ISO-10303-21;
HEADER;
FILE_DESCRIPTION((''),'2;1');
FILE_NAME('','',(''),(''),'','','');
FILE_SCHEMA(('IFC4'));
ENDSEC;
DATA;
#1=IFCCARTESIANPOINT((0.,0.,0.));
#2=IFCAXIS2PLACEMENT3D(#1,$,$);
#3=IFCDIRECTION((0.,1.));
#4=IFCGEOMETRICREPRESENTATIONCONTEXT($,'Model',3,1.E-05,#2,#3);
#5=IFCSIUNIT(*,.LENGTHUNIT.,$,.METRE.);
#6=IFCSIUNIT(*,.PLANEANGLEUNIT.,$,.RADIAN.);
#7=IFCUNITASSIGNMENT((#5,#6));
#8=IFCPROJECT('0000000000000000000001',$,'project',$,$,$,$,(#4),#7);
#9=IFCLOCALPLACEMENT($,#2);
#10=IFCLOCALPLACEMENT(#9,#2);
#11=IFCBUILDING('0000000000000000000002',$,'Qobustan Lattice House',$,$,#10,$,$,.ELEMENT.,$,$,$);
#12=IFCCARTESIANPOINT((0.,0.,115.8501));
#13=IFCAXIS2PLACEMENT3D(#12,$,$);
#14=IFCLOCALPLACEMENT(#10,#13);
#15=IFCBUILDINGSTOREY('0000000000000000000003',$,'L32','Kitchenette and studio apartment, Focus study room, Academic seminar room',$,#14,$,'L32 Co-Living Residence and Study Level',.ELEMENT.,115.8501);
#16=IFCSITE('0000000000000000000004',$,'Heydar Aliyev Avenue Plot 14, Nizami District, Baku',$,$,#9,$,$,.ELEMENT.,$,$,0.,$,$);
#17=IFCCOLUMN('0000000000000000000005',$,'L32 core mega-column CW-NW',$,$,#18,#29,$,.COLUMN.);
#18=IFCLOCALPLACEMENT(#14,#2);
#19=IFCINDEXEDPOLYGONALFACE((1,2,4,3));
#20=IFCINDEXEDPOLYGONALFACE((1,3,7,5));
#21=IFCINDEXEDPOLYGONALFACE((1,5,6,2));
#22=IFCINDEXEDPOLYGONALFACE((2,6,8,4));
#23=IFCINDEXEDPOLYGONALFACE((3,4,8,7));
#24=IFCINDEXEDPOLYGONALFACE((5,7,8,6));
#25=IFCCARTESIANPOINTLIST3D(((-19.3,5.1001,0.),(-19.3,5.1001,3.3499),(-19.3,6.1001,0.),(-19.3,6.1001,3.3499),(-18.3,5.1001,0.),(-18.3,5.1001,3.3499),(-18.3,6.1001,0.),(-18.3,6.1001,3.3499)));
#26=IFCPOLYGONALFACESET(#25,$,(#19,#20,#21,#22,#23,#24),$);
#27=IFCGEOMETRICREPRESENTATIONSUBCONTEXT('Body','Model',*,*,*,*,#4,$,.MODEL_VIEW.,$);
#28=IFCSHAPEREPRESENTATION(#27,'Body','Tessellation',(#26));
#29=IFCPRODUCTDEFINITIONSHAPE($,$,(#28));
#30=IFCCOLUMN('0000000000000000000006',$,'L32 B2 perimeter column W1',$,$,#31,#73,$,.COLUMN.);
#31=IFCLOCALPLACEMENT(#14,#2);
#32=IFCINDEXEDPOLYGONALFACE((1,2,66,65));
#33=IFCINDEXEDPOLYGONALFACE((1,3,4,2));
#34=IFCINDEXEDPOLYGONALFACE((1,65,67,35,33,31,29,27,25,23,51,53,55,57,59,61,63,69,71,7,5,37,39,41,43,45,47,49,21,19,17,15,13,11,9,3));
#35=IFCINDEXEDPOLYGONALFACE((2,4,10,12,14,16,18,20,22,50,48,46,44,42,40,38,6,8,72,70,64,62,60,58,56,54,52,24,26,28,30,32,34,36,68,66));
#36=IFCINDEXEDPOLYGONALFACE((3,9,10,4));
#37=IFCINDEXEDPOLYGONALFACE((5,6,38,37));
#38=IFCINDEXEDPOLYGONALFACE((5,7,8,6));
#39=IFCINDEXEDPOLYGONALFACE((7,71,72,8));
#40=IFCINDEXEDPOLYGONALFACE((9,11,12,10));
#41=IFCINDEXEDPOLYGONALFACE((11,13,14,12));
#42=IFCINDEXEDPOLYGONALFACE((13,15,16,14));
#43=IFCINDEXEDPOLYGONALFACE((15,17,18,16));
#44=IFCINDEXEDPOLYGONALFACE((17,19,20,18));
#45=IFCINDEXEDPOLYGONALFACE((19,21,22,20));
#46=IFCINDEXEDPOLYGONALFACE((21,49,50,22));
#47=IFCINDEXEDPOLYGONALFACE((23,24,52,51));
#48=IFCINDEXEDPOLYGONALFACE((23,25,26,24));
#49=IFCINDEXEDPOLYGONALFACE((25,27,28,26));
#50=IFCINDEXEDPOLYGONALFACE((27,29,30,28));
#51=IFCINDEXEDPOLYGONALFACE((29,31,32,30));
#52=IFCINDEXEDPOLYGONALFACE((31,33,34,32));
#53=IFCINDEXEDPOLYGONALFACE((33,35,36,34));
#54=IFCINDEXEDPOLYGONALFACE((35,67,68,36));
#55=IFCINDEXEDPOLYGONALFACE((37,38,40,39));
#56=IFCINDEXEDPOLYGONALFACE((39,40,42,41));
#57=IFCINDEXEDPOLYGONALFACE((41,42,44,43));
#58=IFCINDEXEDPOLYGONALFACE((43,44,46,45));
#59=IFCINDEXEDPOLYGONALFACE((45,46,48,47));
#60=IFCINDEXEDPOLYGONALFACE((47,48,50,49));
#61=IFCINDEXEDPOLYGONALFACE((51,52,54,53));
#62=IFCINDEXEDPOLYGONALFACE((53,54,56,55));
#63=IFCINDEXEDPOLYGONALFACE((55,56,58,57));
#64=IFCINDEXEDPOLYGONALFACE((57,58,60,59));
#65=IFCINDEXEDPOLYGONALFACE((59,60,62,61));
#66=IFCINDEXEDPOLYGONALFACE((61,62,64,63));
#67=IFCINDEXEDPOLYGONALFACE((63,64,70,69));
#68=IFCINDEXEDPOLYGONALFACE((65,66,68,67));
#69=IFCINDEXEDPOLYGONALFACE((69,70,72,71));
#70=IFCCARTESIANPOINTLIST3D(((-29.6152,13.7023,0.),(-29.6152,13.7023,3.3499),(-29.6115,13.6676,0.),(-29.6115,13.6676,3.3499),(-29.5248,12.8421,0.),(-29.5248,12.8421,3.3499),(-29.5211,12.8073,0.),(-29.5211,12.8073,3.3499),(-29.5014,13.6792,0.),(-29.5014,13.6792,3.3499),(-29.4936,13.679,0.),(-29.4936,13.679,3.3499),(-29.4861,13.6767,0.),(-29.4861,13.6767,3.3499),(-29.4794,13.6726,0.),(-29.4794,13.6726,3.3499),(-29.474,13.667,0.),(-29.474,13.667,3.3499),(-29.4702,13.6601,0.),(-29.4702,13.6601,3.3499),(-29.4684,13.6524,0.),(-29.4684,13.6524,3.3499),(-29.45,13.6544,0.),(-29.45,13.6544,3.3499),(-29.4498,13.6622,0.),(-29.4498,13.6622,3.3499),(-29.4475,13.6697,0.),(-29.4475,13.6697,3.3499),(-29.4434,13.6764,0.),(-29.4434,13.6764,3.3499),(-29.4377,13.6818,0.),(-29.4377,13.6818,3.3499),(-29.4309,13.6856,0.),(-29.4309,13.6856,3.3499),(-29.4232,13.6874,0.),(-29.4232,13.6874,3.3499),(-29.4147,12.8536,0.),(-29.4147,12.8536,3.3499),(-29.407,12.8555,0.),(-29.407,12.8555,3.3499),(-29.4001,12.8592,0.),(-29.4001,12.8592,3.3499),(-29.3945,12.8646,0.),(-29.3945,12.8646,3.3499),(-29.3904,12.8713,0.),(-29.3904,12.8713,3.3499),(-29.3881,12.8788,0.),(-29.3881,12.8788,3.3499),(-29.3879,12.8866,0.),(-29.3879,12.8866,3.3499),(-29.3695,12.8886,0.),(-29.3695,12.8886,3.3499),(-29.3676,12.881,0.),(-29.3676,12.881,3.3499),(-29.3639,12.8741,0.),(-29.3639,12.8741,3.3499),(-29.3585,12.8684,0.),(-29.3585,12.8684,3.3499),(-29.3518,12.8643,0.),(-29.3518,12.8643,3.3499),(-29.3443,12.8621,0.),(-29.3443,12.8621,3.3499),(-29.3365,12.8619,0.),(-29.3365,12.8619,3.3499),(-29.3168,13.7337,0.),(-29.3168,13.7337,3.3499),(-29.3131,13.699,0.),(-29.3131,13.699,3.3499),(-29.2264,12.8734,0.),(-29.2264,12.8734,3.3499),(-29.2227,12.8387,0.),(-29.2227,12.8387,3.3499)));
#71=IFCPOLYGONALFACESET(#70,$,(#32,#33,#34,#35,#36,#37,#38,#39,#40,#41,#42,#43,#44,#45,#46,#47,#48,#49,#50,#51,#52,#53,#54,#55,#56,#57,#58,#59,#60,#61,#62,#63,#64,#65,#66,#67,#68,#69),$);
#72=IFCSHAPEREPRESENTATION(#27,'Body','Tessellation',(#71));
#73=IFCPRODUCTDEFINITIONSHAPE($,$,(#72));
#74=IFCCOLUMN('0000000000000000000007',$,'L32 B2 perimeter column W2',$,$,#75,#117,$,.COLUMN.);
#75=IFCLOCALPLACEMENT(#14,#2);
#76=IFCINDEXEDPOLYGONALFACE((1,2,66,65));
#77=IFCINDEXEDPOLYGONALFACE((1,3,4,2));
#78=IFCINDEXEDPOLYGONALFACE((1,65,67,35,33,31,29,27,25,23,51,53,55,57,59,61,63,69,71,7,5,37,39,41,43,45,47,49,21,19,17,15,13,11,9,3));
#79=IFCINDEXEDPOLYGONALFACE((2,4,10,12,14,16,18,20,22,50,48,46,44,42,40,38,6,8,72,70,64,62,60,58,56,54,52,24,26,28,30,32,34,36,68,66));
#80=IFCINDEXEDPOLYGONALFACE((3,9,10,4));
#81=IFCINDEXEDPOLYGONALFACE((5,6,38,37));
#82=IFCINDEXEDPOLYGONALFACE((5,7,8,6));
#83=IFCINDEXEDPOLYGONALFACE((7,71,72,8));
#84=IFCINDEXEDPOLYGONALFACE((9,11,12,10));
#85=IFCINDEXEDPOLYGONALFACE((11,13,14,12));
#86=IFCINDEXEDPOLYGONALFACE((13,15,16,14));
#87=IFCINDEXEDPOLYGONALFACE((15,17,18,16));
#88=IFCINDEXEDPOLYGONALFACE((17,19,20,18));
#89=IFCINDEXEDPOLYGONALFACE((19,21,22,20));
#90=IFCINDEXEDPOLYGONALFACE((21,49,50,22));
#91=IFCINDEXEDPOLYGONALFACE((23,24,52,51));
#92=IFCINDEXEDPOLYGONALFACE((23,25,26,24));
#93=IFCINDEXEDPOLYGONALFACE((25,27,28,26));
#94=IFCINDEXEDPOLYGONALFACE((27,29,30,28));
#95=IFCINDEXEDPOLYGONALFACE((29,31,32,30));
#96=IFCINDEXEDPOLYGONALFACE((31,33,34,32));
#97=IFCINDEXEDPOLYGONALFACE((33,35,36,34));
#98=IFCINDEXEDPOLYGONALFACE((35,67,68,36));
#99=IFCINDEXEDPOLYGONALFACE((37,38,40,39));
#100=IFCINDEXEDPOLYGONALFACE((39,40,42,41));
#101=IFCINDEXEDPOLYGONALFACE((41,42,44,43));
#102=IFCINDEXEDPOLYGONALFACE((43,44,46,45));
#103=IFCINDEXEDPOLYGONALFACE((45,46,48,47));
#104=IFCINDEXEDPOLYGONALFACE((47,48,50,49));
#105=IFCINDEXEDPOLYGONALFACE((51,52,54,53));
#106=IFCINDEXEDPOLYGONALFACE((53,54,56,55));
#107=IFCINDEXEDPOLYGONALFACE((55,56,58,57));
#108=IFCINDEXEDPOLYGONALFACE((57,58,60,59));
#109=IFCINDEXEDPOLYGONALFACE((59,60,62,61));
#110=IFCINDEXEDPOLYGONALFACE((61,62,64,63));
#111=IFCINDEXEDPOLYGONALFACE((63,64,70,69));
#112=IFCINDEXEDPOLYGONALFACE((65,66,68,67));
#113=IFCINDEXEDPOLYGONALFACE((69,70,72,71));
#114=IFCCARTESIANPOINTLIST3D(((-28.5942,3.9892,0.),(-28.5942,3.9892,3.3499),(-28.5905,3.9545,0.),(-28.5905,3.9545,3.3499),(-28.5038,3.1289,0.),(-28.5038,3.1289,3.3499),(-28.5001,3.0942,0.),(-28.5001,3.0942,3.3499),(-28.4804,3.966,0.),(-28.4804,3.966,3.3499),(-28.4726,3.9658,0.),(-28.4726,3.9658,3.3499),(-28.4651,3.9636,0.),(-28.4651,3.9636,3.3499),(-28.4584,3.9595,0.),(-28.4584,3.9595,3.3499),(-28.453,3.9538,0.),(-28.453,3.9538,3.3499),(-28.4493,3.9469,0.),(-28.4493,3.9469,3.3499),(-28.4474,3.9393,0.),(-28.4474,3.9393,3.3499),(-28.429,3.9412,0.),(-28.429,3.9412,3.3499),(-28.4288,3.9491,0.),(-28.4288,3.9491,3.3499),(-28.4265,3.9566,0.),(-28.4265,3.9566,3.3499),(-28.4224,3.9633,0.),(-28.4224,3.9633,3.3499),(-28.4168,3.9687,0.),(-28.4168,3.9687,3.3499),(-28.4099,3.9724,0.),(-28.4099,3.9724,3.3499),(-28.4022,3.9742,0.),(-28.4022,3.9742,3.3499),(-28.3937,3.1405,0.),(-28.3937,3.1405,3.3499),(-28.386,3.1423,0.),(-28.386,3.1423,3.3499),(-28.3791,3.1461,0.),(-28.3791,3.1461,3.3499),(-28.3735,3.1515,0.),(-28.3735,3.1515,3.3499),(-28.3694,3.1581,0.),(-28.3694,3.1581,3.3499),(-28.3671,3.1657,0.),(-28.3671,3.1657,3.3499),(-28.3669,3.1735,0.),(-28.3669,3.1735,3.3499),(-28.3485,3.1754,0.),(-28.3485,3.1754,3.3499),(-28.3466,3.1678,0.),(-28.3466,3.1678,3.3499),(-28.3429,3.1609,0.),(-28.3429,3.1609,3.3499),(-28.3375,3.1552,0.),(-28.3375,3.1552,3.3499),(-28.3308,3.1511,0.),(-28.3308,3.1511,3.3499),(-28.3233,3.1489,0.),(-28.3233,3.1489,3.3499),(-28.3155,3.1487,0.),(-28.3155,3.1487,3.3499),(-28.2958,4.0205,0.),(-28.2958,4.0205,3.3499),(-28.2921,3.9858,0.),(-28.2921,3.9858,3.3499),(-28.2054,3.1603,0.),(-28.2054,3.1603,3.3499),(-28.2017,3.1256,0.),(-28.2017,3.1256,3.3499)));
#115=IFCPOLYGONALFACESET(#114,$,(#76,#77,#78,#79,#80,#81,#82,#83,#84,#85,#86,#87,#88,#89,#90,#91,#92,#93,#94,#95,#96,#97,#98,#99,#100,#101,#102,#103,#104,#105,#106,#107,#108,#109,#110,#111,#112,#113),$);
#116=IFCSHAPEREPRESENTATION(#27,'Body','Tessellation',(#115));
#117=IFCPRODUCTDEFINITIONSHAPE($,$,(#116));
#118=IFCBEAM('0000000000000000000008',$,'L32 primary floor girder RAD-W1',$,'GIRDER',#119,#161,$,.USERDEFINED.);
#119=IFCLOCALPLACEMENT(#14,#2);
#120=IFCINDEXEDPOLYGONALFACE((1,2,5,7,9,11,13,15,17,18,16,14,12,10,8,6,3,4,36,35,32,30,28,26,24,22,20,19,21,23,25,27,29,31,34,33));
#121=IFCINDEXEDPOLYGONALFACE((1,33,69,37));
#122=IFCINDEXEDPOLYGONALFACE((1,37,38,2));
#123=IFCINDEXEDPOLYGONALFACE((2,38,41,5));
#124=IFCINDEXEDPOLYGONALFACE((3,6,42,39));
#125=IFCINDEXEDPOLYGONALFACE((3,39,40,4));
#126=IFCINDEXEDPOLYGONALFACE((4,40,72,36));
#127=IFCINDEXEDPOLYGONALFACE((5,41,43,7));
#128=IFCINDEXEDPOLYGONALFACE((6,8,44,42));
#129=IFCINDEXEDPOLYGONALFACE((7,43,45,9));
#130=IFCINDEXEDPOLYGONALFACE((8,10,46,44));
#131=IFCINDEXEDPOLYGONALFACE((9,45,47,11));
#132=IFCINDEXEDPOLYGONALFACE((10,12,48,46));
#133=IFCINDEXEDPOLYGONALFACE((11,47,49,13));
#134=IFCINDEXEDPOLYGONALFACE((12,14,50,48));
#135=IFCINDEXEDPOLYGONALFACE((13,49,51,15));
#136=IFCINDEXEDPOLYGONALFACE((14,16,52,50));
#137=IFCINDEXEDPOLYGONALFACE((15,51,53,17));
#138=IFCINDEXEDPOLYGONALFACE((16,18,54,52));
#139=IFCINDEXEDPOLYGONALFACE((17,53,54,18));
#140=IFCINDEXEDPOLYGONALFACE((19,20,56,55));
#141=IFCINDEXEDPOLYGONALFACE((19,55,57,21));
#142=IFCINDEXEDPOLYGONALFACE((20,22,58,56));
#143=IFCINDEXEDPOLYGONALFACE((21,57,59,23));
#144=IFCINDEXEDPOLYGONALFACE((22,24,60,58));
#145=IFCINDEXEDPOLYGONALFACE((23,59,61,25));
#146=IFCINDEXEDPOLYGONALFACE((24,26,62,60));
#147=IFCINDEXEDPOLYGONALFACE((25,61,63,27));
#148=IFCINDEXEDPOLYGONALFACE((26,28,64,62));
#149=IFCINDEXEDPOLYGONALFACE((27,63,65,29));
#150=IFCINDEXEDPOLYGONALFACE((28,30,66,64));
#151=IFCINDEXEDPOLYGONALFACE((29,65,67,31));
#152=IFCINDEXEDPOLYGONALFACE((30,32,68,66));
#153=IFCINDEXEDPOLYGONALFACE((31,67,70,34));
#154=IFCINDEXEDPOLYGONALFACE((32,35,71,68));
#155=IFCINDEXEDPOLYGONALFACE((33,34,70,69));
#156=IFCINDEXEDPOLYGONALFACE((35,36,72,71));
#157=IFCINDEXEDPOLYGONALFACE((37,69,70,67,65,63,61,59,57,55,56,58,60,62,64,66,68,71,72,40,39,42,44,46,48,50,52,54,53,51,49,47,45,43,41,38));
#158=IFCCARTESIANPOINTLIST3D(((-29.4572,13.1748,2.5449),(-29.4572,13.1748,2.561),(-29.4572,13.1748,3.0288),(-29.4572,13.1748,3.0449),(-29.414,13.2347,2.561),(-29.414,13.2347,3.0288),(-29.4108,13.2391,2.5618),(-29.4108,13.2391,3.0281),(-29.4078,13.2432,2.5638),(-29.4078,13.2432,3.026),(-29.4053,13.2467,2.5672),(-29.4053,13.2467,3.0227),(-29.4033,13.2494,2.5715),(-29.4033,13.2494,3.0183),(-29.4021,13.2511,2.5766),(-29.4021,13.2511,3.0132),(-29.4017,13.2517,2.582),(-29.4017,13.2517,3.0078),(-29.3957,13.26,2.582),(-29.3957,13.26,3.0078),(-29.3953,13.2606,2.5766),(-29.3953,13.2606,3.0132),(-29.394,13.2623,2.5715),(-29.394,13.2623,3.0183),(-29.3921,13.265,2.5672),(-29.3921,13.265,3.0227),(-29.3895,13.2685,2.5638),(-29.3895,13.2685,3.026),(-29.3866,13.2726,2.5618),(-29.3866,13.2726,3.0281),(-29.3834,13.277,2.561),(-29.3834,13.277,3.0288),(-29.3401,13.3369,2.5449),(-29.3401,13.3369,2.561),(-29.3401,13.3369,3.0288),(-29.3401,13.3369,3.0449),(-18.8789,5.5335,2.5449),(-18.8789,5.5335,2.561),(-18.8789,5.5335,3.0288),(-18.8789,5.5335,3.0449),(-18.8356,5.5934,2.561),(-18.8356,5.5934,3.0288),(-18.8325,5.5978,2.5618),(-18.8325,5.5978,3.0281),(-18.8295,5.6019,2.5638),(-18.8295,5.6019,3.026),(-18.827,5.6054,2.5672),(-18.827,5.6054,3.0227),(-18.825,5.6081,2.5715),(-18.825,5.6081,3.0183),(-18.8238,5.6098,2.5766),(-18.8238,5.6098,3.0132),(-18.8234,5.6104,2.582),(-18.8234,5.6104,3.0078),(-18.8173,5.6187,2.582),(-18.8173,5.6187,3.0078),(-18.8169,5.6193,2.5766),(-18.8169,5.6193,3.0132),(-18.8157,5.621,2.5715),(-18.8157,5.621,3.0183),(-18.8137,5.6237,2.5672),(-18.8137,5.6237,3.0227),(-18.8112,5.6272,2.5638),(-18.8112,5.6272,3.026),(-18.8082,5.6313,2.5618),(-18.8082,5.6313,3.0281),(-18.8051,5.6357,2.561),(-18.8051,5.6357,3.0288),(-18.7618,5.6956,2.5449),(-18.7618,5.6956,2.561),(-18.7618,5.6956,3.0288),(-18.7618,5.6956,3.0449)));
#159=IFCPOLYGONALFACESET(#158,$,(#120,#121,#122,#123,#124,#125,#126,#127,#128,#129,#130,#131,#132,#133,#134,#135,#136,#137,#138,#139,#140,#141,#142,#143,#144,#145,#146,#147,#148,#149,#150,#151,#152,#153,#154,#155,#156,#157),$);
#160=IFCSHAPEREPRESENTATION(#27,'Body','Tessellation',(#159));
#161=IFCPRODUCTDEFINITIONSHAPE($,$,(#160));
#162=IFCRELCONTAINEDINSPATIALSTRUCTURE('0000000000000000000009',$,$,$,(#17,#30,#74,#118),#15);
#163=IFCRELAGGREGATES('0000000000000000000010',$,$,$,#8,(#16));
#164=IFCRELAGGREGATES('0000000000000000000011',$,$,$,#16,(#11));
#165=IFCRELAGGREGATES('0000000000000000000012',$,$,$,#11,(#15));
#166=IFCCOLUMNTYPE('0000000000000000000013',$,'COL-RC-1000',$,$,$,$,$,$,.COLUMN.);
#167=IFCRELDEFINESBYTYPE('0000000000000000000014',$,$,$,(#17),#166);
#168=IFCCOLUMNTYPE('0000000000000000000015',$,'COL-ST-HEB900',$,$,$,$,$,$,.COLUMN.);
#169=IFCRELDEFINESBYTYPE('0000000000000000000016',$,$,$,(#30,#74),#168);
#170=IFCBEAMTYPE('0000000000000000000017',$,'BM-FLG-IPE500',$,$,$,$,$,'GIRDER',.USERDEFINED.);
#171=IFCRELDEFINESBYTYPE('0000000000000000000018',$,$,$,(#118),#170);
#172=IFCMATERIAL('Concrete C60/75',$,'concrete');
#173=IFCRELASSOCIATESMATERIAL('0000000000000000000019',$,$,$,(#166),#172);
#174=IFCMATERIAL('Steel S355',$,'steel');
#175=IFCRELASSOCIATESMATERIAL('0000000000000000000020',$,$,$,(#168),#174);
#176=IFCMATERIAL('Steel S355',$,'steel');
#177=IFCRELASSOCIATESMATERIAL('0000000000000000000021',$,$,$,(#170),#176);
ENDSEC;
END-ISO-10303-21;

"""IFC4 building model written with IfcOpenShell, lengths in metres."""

from ifc_helpers import new_model, si_unit, direction, frame, origin, origin_2d, place, context, subcontext, project, spatial, rectangle, i_section, extrude, material, material_profile, profile_set, type_object, element, save


model = new_model("IFC4")

# Units and contexts
model_context = context("Model", 3, precision=1e-05, world=origin(), true_north=direction((0.0, 1.0)))
body_context = subcontext(model_context, "Body", "Model", "MODEL_VIEW")
ifc_project = project(units=[si_unit("LENGTHUNIT", "METRE"), si_unit("PLANEANGLEUNIT", "RADIAN")], contexts=[model_context])

# Site, building, storey
site_placement = place(None, origin())
site = spatial("IfcSite", under=ifc_project, at=site_placement, Name="Heydar Aliyev Avenue Plot 14, Nizami District, Baku", CompositionType="ELEMENT", RefElevation=0.0)
building_placement = place(site_placement, origin())
building = spatial("IfcBuilding", under=site, at=building_placement, Name="Qobustan Lattice House", CompositionType="ELEMENT")
storey_placement = place(building_placement, frame((0.0, 0.0, 115.8501)))
storey = spatial("IfcBuildingStorey", under=building, at=storey_placement, Name="L32", Description="Kitchenette and studio apartment, Focus study room, Academic seminar room", LongName="L32 Co-Living Residence and Study Level", CompositionType="ELEMENT", Elevation=115.8501)

# Columns
ifc_material_1 = material(Name="Concrete C60/75", Category="concrete")
ifc_material_profile_1 = material_profile(ifc_material_1, rectangle(XDim=1.0, YDim=1.0, at=origin_2d()), Name="RC1000x1000")
ifc_profile_set_1 = profile_set([ifc_material_profile_1], Name="Concrete C60/75")
column_type_1 = type_object("IfcColumnType", Name="COL-RC-1000", PredefinedType="COLUMN", material=ifc_profile_set_1)
column_placement = place(storey_placement, frame((-18.8, 5.6001, 0.0), z_axis=(0.0, 0.0, 1.0), x_axis=(1.0, 0.0, 0.0)))
element("IfcColumn", 1, at=column_placement, inside=storey, type_object=column_type_1, Name="L32 core mega-column CW-NW", PredefinedType="COLUMN", context=body_context, shape_type="SweptSolid", body=[
    extrude(rectangle(XDim=1.0, YDim=1.0, at=origin_2d()), origin(), (0.0, 0.0, 1.0), 3.3499),
])
ifc_material_2 = material(Name="Steel S355", Category="steel")
ifc_material_profile_2 = material_profile(ifc_material_2, i_section(OverallWidth=0.3, OverallDepth=0.8999, WebThickness=0.0186, FlangeThickness=0.0349, FilletRadius=0.03, at=origin_2d()), Name="HEB900")
ifc_profile_set_2 = profile_set([ifc_material_profile_2], Name="Steel S355")
column_type_2 = type_object("IfcColumnType", Name="COL-ST-HEB900", PredefinedType="COLUMN", material=ifc_profile_set_2)
for number, where, z_axis, x_axis, name in (
    (2, (-29.4189, 13.2705, 0.0), (0.0, 0.0, 1.0), (0.994522, 0.104528, 0.0), "L32 B2 perimeter column W1"),
    (3, (-28.3979, 3.5574, 0.0), (0.0, 0.0, 1.0), (0.994522, 0.104528, 0.0), "L32 B2 perimeter column W2"),
):
    element("IfcColumn", number, at=place(storey_placement, frame(where, z_axis=z_axis, x_axis=x_axis)), inside=storey, type_object=column_type_2, Name=name, PredefinedType="COLUMN", context=body_context, shape_type="SweptSolid", body=[
        extrude(i_section(OverallWidth=0.3, OverallDepth=0.8999, WebThickness=0.0186, FlangeThickness=0.0349, FilletRadius=0.03, at=origin_2d()), origin(), (0.0, 0.0, 1.0), 3.3499),
    ])

# Beam
ifc_material_3 = material(Name="Steel S355", Category="steel")
ifc_material_profile_3 = material_profile(ifc_material_3, i_section(OverallWidth=0.2, OverallDepth=0.5, WebThickness=0.0103, FlangeThickness=0.0161, FilletRadius=0.021, at=origin_2d()), Name="IPE500")
ifc_profile_set_3 = profile_set([ifc_material_profile_3], Name="Steel S355")
beam_type_1 = type_object("IfcBeamType", Name="BM-FLG-IPE500", ElementType="GIRDER", PredefinedType="USERDEFINED", material=ifc_profile_set_3)
beam_1_placement = place(storey_placement, frame((-29.3987, 13.2559, 2.7949), z_axis=(0.810627, -0.585562, 0.0), x_axis=(0.585562, 0.810627, 0.0)))
element("IfcBeam", 4, at=beam_1_placement, inside=storey, type_object=beam_type_1, Name="L32 primary floor girder RAD-W1", ObjectType="GIRDER", PredefinedType="USERDEFINED", context=body_context, shape_type="SweptSolid", body=[
    extrude(i_section(OverallWidth=0.2, OverallDepth=0.5, WebThickness=0.0103, FlangeThickness=0.0161, FilletRadius=0.021, at=origin_2d()), origin(), (0.0, 0.0, 1.0), 13.0496),
])

save(model, "model.ifc")
